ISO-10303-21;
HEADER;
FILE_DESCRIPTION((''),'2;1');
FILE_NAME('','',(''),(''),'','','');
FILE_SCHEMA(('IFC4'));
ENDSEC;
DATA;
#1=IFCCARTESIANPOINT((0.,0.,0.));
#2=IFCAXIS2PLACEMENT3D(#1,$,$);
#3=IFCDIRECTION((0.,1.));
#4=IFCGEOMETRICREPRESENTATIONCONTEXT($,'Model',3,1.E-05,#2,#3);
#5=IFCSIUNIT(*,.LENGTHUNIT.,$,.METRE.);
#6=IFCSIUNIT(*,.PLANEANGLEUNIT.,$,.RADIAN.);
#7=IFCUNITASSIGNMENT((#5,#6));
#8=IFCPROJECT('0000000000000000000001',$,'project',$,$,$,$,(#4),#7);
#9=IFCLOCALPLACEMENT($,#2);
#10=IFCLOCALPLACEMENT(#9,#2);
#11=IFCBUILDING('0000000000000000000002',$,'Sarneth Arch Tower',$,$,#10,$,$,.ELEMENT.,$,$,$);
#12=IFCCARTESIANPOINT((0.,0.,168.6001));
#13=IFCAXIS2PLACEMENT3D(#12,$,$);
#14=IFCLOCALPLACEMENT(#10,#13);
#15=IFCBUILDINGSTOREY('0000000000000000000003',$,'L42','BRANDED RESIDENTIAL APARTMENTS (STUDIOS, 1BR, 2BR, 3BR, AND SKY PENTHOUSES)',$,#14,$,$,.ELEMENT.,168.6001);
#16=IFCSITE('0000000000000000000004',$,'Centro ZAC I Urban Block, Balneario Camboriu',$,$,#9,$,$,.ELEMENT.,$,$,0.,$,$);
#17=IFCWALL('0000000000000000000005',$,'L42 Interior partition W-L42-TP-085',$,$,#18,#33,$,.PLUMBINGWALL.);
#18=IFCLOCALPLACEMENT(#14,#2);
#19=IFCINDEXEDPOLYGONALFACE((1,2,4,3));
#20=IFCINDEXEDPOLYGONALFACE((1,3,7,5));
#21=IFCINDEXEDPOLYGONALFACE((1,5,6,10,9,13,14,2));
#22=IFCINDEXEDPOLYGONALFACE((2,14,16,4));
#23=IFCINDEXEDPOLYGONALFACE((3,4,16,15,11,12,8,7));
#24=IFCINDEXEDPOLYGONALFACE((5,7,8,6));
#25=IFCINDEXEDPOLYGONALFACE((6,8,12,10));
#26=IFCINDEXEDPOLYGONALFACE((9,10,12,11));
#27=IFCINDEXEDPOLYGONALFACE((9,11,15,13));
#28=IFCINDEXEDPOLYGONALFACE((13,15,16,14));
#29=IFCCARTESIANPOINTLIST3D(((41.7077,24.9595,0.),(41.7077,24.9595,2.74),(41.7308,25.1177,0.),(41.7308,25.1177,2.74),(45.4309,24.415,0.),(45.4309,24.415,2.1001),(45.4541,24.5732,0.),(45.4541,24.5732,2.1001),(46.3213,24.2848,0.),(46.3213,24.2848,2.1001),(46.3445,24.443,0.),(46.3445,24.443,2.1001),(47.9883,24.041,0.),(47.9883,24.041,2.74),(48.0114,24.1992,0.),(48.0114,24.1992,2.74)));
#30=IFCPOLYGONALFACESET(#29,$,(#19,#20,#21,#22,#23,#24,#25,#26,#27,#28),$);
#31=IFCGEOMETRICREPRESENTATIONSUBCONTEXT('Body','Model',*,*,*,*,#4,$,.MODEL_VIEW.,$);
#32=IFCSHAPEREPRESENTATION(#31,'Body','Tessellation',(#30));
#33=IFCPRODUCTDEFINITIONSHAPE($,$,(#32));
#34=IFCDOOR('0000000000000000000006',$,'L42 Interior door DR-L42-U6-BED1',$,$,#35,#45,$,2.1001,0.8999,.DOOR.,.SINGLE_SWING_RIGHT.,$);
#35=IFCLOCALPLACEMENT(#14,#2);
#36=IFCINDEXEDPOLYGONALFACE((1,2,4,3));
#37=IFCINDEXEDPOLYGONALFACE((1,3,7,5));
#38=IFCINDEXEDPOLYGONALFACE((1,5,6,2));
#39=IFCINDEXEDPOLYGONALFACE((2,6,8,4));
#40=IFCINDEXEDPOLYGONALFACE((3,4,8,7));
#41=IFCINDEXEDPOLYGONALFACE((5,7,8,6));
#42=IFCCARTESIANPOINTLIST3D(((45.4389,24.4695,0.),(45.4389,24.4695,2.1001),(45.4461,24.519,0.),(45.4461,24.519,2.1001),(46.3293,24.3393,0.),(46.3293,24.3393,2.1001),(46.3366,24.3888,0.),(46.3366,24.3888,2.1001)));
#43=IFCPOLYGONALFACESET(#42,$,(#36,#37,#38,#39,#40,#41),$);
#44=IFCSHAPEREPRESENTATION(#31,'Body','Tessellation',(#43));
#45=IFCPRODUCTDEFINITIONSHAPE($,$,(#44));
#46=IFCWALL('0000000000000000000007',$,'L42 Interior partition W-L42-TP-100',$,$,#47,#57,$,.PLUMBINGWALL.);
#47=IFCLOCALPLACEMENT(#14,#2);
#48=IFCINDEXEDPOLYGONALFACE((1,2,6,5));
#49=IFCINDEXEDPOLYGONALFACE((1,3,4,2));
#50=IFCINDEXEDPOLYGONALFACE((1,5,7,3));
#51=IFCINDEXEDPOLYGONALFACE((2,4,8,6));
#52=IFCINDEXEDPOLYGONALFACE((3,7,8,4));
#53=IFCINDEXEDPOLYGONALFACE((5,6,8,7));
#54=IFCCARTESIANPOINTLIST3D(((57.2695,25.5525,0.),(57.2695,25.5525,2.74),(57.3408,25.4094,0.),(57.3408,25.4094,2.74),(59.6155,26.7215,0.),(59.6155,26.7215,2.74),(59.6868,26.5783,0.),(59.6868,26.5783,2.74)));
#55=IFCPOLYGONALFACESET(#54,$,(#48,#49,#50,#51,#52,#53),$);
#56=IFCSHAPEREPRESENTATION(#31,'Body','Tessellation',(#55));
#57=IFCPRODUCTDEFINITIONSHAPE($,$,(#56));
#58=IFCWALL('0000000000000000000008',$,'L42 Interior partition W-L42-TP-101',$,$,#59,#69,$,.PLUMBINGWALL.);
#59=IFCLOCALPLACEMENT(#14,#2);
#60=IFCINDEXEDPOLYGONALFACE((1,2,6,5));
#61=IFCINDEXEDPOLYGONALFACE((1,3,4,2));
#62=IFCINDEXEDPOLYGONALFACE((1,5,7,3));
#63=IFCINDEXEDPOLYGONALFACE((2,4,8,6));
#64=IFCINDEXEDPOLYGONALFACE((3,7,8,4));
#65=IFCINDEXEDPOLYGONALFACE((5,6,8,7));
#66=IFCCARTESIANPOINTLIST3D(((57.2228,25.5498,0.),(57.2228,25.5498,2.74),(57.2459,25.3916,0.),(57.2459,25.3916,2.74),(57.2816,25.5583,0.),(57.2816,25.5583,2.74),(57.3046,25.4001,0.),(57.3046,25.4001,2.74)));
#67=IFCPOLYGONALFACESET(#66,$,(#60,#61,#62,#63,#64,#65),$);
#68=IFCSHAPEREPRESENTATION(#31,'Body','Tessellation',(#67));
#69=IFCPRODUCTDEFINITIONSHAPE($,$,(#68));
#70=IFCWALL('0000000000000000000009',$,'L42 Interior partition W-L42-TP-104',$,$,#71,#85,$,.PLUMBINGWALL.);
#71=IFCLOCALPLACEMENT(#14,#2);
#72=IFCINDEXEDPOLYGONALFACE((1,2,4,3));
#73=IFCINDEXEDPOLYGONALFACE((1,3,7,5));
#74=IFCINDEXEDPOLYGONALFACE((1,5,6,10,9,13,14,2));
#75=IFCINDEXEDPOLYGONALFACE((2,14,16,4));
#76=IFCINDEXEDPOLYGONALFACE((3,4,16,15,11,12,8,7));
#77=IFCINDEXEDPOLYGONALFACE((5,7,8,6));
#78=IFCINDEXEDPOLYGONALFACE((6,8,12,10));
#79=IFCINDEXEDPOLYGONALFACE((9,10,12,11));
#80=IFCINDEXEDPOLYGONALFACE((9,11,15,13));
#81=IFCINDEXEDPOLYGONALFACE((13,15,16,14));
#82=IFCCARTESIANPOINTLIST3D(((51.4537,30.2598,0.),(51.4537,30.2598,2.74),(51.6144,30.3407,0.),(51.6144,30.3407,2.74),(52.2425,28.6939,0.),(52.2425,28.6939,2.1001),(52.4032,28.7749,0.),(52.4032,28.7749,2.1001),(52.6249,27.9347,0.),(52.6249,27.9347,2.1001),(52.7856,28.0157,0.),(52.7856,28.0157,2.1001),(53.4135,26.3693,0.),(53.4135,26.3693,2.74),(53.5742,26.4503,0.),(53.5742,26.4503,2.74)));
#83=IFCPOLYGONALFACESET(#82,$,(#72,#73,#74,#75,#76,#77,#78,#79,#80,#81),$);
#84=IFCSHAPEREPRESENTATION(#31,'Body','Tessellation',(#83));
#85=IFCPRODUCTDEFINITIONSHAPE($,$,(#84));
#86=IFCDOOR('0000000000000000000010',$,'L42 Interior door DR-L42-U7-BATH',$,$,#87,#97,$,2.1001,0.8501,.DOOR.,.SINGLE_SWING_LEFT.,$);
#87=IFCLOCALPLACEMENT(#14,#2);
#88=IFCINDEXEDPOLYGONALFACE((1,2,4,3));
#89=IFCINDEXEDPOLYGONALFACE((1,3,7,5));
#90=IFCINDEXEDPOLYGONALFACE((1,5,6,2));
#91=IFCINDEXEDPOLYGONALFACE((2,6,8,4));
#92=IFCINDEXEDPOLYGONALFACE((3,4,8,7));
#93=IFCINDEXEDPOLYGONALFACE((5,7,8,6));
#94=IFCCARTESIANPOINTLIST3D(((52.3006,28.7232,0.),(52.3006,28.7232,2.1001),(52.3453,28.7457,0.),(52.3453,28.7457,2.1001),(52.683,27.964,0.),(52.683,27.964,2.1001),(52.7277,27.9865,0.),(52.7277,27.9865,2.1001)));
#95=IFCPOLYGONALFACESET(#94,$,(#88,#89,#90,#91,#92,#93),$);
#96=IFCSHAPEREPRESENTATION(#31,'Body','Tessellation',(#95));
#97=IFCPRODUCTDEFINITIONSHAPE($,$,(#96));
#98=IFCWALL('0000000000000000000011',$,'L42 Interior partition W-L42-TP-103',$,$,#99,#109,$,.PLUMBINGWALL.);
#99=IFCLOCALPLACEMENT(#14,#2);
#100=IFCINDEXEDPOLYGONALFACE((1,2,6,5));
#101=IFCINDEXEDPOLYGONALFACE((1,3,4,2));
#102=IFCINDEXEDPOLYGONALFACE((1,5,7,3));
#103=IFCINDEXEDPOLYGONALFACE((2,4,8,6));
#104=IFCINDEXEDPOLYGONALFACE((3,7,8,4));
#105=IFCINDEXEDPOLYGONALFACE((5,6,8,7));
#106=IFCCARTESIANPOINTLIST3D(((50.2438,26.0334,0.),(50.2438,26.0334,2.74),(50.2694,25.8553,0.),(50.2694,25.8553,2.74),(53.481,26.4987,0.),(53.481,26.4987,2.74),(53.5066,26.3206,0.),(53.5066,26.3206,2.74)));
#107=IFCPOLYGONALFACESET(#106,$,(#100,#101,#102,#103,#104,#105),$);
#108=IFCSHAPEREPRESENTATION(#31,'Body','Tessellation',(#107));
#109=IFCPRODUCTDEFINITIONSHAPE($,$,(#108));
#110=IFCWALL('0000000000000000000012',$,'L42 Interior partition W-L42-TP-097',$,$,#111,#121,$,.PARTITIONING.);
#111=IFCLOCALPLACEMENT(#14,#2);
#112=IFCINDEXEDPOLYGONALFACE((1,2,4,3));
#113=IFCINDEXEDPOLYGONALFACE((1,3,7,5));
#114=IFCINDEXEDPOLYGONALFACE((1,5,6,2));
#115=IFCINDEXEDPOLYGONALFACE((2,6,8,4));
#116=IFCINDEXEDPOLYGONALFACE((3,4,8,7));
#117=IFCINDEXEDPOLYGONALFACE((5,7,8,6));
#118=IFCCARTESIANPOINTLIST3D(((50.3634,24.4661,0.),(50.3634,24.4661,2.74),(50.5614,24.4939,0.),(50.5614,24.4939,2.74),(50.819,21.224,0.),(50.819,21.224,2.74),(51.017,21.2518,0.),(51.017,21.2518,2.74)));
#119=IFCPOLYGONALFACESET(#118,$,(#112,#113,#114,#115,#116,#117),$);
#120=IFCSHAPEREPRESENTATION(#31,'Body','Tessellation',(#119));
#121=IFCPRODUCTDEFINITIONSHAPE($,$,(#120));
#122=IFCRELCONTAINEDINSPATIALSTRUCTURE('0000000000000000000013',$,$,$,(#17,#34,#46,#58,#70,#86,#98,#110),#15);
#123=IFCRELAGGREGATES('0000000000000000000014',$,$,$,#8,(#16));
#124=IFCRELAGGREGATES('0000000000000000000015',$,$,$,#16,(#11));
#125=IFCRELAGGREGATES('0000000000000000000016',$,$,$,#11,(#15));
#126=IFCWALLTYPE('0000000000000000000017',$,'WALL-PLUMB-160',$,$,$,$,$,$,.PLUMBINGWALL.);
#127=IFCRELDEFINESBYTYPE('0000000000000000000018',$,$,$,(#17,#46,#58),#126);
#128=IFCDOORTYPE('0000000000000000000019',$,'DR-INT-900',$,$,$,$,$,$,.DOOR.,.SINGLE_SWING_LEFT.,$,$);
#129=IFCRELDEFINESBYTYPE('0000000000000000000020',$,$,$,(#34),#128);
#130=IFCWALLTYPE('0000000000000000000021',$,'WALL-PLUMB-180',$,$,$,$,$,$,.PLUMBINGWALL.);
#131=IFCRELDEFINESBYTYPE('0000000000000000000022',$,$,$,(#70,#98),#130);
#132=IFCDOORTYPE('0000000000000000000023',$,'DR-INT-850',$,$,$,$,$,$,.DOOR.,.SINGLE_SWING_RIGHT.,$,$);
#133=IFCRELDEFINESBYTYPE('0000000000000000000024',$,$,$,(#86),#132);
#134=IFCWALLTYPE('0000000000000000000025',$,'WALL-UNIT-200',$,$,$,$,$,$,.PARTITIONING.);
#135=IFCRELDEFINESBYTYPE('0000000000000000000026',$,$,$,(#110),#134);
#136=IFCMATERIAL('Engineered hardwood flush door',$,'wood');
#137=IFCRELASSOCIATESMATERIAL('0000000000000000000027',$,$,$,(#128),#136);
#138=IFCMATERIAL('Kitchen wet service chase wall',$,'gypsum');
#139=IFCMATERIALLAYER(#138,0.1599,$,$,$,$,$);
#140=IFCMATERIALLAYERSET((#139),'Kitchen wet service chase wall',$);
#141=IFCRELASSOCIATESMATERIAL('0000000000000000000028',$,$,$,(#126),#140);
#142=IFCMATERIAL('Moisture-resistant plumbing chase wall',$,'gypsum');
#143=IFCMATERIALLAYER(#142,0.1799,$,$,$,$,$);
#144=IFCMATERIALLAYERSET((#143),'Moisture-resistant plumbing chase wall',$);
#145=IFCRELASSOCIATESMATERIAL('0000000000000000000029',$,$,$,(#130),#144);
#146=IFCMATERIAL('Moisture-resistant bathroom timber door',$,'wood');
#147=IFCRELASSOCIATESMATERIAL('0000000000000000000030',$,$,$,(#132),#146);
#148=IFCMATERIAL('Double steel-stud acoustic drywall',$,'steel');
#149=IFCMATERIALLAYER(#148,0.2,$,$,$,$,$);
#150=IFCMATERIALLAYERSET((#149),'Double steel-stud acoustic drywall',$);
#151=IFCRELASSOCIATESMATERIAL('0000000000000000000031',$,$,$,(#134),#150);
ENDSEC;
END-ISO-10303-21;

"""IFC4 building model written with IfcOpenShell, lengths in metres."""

from ifc_helpers import new_model, si_unit, direction, frame, frame_2d, origin, place, context, subcontext, project, spatial, rectangle, extrude, material, layer, layer_set, type_object, element, fill, save


model = new_model("IFC4")

# Units and contexts
model_context = context("Model", 3, precision=1e-05, world=origin(), true_north=direction((0.0, 1.0)))
body_context = subcontext(model_context, "Body", "Model", "MODEL_VIEW")
ifc_project = project(units=[si_unit("LENGTHUNIT", "METRE"), si_unit("PLANEANGLEUNIT", "RADIAN")], contexts=[model_context])

# Site, building, storey
site_placement = place(None, origin())
site = spatial("IfcSite", under=ifc_project, at=site_placement, Name="Centro ZAC I Urban Block, Balneario Camboriu", CompositionType="ELEMENT", RefElevation=0.0)
building_placement = place(site_placement, origin())
building = spatial("IfcBuilding", under=site, at=building_placement, Name="Sarneth Arch Tower", CompositionType="ELEMENT")
storey_placement = place(building_placement, frame((0.0, 0.0, 168.6001)))
storey = spatial("IfcBuildingStorey", under=building, at=storey_placement, Name="L42", Description="BRANDED RESIDENTIAL APARTMENTS (STUDIOS, 1BR, 2BR, 3BR, AND SKY PENTHOUSES)", CompositionType="ELEMENT", Elevation=168.6001)

# Wall, opening, door
ifc_material_1 = material(Name="Engineered hardwood flush door", Category="wood")
door_type_1 = type_object("IfcDoorType", Name="DR-INT-900", OperationType="SINGLE_SWING_LEFT", PredefinedType="DOOR", material=ifc_material_1)
ifc_material_2 = material(Name="Kitchen wet service chase wall", Category="gypsum")
ifc_layer_1 = layer(ifc_material_2, 0.1599)
ifc_layer_set_1 = layer_set([ifc_layer_1], Name="Kitchen wet service chase wall")
wall_type_1 = type_object("IfcWallType", Name="WALL-PLUMB-160", PredefinedType="PLUMBINGWALL", material=ifc_layer_set_1)
wall_1_placement = place(storey_placement, frame((48.0, 24.1201, 0.0), z_axis=(0.0, 0.0, 1.0), x_axis=(-0.989476, 0.1447, 0.0)))
wall_1 = element("IfcWall", 1, at=wall_1_placement, inside=storey, type_object=wall_type_1, Name="L42 Interior partition W-L42-TP-085", PredefinedType="PLUMBINGWALL", context=body_context, shape_type="SweptSolid", body=[
    extrude(rectangle(XDim=6.3474, YDim=0.1599, at=frame_2d((3.1738, 0.0))), origin(), (0.0, 0.0, 1.0), 2.74),
])
opening_1_placement = place(wall_1_placement, frame((1.6848, 0.0, 0.0)))
opening_1 = element("IfcOpeningElement", 2, at=opening_1_placement, cuts=wall_1, PredefinedType="OPENING", context=body_context, shape_type="SweptSolid", body=[
    extrude(rectangle(XDim=0.8999, YDim=2.1001, at=frame_2d((0.45, 1.05))), frame((0.0, 0.0898, 0.0), z_axis=(0.0, -1.0, 0.0), x_axis=(1.0, 0.0, 0.0)), (0.0, 0.0, 1.0), 0.1799),
])
door_1_placement = place(opening_1_placement, origin())
door_1 = element("IfcDoor", 3, at=door_1_placement, inside=storey, type_object=door_type_1, Name="L42 Interior door DR-L42-U6-BED1", OperationType="SINGLE_SWING_RIGHT", OverallHeight=2.1001, OverallWidth=0.8999, PredefinedType="DOOR", context=body_context, shape_type="SweptSolid", body=[
    extrude(rectangle(XDim=0.8999, YDim=2.1001, at=frame_2d((0.45, 1.05))), frame((0.0, 0.0249, 0.0), z_axis=(0.0, -1.0, 0.0), x_axis=(1.0, 0.0, 0.0)), (0.0, 0.0, 1.0), 0.05),
])
fill(opening_1, door_1)

# Walls
wall_2_placement = place(storey_placement, frame((59.6511, 26.6499, 0.0), z_axis=(0.0, 0.0, 1.0), x_axis=(-0.895041, -0.445984, 0.0)))
element("IfcWall", 4, at=wall_2_placement, inside=storey, type_object=wall_type_1, Name="L42 Interior partition W-L42-TP-100", PredefinedType="PLUMBINGWALL", context=body_context, shape_type="SweptSolid", body=[
    extrude(rectangle(XDim=2.6211, YDim=0.1599, at=frame_2d((1.3105, 0.0))), origin(), (0.0, 0.0, 1.0), 2.74),
])
wall_3_placement = place(storey_placement, frame((57.2932, 25.4792, 0.0), z_axis=(0.0, 0.0, 1.0), x_axis=(-0.989533, -0.144307, 0.0)))
element("IfcWall", 5, at=wall_3_placement, inside=storey, type_object=wall_type_1, Name="L42 Interior partition W-L42-TP-101", PredefinedType="PLUMBINGWALL", context=body_context, shape_type="SweptSolid", body=[
    extrude(rectangle(XDim=0.0593, YDim=0.1599, at=frame_2d((0.0298, 0.0))), origin(), (0.0, 0.0, 1.0), 2.74),
])

# Wall, opening, door
ifc_material_3 = material(Name="Moisture-resistant plumbing chase wall", Category="gypsum")
ifc_layer_2 = layer(ifc_material_3, 0.1799)
ifc_layer_set_2 = layer_set([ifc_layer_2], Name="Moisture-resistant plumbing chase wall")
wall_type_2 = type_object("IfcWallType", Name="WALL-PLUMB-180", PredefinedType="PLUMBINGWALL", material=ifc_layer_set_2)
wall_4_placement = place(storey_placement, frame((53.4939, 26.4097, 0.0), z_axis=(0.0, 0.0, 1.0), x_axis=(-0.449879, 0.893089, 0.0)))
wall_4 = element("IfcWall", 6, at=wall_4_placement, inside=storey, type_object=wall_type_2, Name="L42 Interior partition W-L42-TP-104", PredefinedType="PLUMBINGWALL", context=body_context, shape_type="SweptSolid", body=[
    extrude(rectangle(XDim=4.3562, YDim=0.1799, at=frame_2d((2.1782, 0.0))), origin(), (0.0, 0.0, 1.0), 2.74),
])
opening_2_placement = place(wall_4_placement, frame((1.7529, 0.0, 0.0)))
opening_2 = element("IfcOpeningElement", 7, at=opening_2_placement, cuts=wall_4, PredefinedType="OPENING", context=body_context, shape_type="SweptSolid", body=[
    extrude(rectangle(XDim=0.8501, YDim=2.1001, at=frame_2d((0.425, 1.05))), frame((0.0, 0.0999, 0.0), z_axis=(0.0, -1.0, 0.0), x_axis=(1.0, 0.0, 0.0)), (0.0, 0.0, 1.0), 0.2),
])
ifc_material_4 = material(Name="Moisture-resistant bathroom timber door", Category="wood")
door_type_2 = type_object("IfcDoorType", Name="DR-INT-850", OperationType="SINGLE_SWING_RIGHT", PredefinedType="DOOR", material=ifc_material_4)
door_2_placement = place(opening_2_placement, origin())
door_2 = element("IfcDoor", 8, at=door_2_placement, inside=storey, type_object=door_type_2, Name="L42 Interior door DR-L42-U7-BATH", OperationType="SINGLE_SWING_LEFT", OverallHeight=2.1001, OverallWidth=0.8501, PredefinedType="DOOR", context=body_context, shape_type="SweptSolid", body=[
    extrude(rectangle(XDim=0.8501, YDim=2.1001, at=frame_2d((0.425, 1.05))), frame((0.0, 0.0249, 0.0), z_axis=(0.0, -1.0, 0.0), x_axis=(1.0, 0.0, 0.0)), (0.0, 0.0, 1.0), 0.05),
])
fill(opening_2, door_2)

# Walls
wall_5_placement = place(storey_placement, frame((50.2566, 25.9443, 0.0), z_axis=(0.0, 0.0, 1.0), x_axis=(0.989827, 0.142278, 0.0)))
element("IfcWall", 9, at=wall_5_placement, inside=storey, type_object=wall_type_2, Name="L42 Interior partition W-L42-TP-103", PredefinedType="PLUMBINGWALL", context=body_context, shape_type="SweptSolid", body=[
    extrude(rectangle(XDim=3.2705, YDim=0.1799, at=frame_2d((1.6353, 0.0))), origin(), (0.0, 0.0, 1.0), 2.74),
])
ifc_material_5 = material(Name="Double steel-stud acoustic drywall", Category="steel")
ifc_layer_3 = layer(ifc_material_5, 0.2)
ifc_layer_set_3 = layer_set([ifc_layer_3], Name="Double steel-stud acoustic drywall")
wall_type_3 = type_object("IfcWallType", Name="WALL-UNIT-200", PredefinedType="PARTITIONING", material=ifc_layer_set_3)
wall_6_placement = place(storey_placement, frame((50.4624, 24.48, 0.0), z_axis=(0.0, 0.0, 1.0), x_axis=(0.139145, -0.990272, 0.0)))
element("IfcWall", 10, at=wall_6_placement, inside=storey, type_object=wall_type_3, Name="L42 Interior partition W-L42-TP-097", PredefinedType="PARTITIONING", context=body_context, shape_type="SweptSolid", body=[
    extrude(rectangle(XDim=3.2739, YDim=0.2, at=frame_2d((1.637, 0.0))), origin(), (0.0, 0.0, 1.0), 2.74),
])

save(model, "model.ifc")
